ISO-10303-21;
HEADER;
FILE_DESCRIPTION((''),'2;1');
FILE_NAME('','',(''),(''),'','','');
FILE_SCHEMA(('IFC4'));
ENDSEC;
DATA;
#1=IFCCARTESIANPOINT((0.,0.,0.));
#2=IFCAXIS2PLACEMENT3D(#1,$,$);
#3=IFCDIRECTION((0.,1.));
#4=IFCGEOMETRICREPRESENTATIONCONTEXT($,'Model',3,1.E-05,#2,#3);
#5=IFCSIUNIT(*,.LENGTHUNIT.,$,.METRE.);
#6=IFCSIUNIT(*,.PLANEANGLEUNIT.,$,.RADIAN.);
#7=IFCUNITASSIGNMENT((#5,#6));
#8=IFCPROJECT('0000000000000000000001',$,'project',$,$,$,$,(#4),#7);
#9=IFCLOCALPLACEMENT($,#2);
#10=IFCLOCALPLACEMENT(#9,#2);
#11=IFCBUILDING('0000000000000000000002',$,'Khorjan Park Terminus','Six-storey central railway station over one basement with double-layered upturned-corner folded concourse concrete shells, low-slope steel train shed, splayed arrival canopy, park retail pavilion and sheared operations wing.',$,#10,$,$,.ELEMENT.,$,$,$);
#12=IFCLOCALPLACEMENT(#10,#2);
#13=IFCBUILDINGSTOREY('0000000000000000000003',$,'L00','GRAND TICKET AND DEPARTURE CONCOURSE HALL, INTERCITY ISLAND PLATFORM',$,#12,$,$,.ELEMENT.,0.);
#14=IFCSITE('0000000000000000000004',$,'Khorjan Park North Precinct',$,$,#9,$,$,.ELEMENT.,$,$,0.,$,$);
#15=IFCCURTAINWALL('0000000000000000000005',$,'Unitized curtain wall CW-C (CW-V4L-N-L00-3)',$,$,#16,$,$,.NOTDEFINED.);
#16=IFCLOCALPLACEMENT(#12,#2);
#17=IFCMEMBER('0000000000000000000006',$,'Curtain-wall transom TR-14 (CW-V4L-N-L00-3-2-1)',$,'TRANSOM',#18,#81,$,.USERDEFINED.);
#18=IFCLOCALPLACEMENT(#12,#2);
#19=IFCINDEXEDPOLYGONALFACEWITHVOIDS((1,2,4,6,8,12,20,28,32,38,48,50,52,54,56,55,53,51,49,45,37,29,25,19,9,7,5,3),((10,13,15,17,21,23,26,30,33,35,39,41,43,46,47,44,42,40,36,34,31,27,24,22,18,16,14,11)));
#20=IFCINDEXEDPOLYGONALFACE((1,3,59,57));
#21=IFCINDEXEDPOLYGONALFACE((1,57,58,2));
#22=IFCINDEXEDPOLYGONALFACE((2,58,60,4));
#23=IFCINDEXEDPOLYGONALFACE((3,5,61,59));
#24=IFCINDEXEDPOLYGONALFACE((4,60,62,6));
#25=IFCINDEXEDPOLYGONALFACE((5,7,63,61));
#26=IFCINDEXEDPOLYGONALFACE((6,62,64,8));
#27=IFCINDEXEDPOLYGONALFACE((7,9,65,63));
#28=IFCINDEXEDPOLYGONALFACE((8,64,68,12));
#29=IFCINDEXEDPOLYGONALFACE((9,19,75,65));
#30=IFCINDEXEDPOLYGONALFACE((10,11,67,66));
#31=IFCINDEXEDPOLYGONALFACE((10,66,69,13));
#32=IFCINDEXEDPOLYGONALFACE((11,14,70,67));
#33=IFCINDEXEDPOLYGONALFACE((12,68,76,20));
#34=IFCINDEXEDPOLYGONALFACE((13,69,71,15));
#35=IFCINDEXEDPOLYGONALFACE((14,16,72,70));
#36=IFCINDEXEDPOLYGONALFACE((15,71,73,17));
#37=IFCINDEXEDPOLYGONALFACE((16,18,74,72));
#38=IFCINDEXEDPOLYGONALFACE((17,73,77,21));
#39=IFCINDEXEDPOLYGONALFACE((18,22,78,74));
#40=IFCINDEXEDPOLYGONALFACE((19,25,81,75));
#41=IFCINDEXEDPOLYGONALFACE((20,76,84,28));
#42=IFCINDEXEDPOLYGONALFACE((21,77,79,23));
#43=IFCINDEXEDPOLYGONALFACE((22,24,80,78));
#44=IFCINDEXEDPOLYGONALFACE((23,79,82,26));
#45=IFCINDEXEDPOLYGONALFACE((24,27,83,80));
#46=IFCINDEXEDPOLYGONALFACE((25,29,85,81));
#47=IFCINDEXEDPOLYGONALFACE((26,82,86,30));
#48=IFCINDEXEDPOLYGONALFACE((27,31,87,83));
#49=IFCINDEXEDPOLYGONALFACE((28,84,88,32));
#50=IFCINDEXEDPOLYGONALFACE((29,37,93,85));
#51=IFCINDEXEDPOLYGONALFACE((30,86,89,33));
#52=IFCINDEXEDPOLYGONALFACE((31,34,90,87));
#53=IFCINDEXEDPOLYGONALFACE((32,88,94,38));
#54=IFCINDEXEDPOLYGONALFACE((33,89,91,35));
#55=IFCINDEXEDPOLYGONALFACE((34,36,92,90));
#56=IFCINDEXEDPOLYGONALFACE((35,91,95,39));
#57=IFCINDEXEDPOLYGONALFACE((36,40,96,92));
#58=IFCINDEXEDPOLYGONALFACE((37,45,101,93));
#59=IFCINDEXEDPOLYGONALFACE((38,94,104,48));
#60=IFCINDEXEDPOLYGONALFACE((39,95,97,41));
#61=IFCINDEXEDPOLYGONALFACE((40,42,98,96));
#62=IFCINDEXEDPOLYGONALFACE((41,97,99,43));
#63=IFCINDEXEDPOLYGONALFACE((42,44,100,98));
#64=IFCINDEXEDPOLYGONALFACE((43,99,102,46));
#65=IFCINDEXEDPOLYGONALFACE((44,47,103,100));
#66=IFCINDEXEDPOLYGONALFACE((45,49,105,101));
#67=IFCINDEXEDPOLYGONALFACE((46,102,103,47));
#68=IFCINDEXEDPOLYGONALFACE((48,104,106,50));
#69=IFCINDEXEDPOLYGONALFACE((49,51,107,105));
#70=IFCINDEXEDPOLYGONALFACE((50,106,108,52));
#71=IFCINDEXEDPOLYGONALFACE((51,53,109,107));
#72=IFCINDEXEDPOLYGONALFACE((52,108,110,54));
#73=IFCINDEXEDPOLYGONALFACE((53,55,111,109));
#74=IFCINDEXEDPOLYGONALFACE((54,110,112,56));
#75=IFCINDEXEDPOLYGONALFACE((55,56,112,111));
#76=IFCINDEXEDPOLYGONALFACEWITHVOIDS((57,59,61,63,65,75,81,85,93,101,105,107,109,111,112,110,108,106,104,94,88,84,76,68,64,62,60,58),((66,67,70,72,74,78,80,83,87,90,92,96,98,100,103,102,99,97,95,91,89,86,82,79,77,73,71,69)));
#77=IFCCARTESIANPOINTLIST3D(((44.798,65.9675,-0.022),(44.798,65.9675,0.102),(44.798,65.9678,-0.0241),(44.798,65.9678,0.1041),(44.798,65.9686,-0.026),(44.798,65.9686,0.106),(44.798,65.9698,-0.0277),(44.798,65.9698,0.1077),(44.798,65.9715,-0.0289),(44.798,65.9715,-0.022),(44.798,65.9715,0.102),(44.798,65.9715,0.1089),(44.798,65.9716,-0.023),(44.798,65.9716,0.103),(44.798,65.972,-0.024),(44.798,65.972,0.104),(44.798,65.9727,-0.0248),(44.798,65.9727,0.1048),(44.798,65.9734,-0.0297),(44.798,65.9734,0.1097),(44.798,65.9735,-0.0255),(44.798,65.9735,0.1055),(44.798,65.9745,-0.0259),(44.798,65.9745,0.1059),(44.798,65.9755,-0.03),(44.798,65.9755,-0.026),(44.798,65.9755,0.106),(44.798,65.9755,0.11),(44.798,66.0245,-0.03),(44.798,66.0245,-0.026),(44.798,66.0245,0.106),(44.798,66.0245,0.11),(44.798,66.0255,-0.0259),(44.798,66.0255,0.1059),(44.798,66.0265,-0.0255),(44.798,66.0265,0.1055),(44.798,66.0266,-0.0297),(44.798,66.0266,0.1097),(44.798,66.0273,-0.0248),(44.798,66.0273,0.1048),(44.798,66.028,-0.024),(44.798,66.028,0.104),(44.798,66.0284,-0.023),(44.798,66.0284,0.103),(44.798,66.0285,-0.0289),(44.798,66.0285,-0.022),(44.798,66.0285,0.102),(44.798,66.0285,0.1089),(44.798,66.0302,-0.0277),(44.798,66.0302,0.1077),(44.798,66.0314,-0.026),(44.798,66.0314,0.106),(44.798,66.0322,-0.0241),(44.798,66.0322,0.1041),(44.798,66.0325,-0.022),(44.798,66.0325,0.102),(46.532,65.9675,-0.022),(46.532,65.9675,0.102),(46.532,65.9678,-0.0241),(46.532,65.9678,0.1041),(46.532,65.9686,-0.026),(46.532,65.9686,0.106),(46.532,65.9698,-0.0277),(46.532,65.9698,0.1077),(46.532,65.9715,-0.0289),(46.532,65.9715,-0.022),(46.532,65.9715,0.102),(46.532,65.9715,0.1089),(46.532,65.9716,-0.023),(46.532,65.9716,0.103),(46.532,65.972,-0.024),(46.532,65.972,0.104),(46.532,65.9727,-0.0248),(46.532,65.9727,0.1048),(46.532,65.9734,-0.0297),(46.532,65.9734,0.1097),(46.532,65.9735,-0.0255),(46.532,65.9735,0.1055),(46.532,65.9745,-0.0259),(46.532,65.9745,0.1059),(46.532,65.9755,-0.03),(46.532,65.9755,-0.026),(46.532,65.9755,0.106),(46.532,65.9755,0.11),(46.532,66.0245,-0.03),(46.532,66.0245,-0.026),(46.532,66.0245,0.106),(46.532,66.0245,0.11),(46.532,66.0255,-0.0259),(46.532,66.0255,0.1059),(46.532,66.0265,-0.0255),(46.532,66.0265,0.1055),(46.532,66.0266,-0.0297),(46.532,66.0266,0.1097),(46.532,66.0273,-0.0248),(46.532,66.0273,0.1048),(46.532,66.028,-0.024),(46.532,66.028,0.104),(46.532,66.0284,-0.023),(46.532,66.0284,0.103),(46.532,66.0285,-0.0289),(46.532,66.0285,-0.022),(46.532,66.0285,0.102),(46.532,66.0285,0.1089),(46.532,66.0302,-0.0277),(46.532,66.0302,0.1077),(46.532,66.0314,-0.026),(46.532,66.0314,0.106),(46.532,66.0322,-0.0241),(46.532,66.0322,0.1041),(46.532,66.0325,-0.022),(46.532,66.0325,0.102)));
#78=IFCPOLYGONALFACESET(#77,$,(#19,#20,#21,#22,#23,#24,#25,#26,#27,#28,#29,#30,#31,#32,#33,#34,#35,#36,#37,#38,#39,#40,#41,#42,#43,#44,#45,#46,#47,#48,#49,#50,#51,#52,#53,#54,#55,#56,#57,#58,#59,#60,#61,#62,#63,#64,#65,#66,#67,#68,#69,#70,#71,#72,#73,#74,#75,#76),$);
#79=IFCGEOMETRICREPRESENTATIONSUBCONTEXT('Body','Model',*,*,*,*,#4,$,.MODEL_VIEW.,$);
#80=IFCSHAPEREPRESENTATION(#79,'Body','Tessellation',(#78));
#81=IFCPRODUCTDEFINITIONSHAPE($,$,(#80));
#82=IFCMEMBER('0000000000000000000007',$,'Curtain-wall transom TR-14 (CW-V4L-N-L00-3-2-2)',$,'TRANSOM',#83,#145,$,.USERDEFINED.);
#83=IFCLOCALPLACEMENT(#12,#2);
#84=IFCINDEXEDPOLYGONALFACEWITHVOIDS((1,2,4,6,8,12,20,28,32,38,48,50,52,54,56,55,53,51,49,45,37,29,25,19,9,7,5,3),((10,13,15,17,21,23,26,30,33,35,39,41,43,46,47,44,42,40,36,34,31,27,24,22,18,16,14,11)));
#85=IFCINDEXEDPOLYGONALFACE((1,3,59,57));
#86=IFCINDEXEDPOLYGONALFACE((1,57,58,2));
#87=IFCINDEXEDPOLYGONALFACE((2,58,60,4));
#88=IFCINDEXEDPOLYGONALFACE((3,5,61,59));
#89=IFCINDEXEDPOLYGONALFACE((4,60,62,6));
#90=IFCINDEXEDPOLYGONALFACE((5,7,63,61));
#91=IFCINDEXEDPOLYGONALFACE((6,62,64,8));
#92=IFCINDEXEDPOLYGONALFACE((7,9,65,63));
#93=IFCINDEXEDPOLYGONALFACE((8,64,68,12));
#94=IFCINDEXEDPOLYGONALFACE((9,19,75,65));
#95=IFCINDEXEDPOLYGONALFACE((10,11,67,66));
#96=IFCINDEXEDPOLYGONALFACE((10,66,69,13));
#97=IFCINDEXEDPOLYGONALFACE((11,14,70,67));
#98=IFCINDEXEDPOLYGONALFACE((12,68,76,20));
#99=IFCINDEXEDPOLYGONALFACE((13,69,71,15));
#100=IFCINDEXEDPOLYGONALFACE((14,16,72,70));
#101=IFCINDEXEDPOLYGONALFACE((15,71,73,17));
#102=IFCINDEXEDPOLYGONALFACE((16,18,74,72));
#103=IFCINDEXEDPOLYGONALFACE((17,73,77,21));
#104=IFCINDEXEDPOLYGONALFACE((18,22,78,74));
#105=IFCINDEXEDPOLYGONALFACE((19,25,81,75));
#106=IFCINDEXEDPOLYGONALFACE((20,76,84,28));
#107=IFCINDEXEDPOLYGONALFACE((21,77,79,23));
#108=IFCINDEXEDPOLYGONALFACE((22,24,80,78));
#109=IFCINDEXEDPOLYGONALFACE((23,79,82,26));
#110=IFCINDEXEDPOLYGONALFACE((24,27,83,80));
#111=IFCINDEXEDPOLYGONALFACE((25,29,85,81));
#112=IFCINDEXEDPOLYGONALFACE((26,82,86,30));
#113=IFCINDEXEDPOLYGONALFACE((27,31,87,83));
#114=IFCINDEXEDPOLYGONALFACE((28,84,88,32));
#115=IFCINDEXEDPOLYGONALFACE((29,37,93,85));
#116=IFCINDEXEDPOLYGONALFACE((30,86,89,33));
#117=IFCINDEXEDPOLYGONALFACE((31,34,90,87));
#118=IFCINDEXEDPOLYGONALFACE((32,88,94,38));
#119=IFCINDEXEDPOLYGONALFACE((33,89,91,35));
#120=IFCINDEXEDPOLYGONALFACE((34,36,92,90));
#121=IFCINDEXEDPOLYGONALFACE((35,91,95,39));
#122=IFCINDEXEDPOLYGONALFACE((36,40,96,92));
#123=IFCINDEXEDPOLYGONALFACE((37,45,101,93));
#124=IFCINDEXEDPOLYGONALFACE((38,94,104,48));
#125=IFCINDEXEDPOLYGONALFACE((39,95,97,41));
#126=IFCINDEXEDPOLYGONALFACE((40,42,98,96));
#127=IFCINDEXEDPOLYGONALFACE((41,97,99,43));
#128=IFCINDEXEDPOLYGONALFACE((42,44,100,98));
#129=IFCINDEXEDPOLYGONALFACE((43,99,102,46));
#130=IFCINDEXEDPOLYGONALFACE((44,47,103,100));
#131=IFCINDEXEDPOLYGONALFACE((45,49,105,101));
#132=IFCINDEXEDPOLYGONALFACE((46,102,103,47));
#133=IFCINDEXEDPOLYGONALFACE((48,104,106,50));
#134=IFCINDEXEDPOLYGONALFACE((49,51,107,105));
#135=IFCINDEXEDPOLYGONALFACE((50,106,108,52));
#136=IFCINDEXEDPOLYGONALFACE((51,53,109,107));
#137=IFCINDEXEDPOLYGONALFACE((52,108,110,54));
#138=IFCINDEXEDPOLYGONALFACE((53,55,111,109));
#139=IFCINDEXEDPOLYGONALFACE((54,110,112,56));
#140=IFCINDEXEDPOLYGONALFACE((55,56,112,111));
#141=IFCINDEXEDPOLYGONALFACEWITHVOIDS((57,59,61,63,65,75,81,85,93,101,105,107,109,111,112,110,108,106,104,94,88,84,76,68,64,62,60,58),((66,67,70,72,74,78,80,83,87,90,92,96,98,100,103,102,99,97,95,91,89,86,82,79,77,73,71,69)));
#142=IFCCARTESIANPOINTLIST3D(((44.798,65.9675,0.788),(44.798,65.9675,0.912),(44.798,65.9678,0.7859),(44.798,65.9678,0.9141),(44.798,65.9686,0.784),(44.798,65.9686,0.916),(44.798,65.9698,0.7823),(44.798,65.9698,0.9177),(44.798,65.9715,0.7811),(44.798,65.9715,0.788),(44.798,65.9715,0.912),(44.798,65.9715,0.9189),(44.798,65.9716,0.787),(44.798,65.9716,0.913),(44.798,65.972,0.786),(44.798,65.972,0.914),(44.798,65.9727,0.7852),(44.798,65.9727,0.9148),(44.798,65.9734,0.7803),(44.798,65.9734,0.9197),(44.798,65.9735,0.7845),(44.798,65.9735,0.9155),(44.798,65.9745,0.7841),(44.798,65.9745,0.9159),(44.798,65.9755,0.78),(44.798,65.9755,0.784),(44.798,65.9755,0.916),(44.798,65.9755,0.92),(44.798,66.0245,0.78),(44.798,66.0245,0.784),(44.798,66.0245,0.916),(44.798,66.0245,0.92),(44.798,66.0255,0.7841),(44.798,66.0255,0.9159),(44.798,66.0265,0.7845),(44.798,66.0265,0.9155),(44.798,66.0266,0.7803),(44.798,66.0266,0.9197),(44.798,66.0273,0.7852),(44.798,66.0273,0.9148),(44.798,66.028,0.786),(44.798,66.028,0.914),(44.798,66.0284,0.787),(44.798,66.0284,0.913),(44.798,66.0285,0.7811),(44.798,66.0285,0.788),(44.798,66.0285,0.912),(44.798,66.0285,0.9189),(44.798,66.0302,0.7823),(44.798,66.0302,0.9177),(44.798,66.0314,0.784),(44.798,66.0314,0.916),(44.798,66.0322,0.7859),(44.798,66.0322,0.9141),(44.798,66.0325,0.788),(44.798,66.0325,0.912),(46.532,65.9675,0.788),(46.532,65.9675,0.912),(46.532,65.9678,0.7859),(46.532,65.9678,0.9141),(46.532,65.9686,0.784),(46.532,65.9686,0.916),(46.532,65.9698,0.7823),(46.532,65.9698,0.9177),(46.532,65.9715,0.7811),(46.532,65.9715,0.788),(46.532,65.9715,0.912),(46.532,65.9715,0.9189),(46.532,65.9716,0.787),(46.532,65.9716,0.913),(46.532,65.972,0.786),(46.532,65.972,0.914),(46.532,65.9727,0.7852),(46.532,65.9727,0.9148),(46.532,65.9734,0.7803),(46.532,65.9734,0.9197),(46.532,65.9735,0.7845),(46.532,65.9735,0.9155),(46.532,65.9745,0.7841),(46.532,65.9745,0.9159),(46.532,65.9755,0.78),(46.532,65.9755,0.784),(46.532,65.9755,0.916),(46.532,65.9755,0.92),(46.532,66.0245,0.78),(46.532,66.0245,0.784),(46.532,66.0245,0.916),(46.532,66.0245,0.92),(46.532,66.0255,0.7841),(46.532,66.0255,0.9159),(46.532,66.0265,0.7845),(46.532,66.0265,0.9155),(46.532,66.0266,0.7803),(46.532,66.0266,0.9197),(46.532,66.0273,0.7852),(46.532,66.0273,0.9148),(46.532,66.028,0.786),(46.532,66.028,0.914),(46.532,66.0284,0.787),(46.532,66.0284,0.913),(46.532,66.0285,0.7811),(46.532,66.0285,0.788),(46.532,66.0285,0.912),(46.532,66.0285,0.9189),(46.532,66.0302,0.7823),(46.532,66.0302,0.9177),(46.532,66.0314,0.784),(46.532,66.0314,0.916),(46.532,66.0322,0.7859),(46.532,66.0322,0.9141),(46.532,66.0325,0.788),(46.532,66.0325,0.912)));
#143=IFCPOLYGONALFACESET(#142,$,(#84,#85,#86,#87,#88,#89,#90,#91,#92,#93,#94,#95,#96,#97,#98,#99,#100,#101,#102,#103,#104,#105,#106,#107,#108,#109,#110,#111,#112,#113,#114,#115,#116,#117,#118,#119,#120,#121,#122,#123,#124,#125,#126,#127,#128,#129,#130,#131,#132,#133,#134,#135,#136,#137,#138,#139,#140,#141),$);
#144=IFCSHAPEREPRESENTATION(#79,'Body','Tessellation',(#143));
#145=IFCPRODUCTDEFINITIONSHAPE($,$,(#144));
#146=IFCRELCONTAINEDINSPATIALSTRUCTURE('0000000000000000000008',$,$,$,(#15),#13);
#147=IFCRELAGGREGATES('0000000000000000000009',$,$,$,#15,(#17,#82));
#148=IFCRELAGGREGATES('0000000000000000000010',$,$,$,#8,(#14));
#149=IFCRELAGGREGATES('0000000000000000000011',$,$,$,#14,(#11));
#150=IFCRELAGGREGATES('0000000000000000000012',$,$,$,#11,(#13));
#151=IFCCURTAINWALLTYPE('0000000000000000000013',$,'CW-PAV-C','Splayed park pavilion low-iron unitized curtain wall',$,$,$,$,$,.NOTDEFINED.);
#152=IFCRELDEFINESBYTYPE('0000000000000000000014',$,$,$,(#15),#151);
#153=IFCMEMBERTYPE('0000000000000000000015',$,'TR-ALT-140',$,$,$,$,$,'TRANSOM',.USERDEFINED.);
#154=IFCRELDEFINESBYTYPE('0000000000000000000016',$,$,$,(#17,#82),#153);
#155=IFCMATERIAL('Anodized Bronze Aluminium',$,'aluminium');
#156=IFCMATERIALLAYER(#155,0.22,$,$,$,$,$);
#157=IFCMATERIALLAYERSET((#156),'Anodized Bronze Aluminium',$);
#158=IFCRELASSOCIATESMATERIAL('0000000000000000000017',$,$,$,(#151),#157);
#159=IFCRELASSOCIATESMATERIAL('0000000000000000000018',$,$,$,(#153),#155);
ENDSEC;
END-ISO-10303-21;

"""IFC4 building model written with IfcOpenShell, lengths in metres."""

from ifc_helpers import new_model, si_unit, direction, frame, origin, origin_2d, place, context, subcontext, project, spatial, hollow_rectangle, extrude, material, layer, layer_set, material_profile, profile_set, type_object, element, aggregate, save


model = new_model("IFC4")

# Units and contexts
model_context = context("Model", 3, precision=1e-05, world=origin(), true_north=direction((0.0, 1.0)))
body_context = subcontext(model_context, "Body", "Model", "MODEL_VIEW")
ifc_project = project(units=[si_unit("LENGTHUNIT", "METRE"), si_unit("PLANEANGLEUNIT", "RADIAN")], contexts=[model_context])

# Site, building, storey
site_placement = place(None, origin())
site = spatial("IfcSite", under=ifc_project, at=site_placement, Name="Khorjan Park North Precinct", CompositionType="ELEMENT", RefElevation=0.0)
building_placement = place(site_placement, origin())
building = spatial("IfcBuilding", under=site, at=building_placement, Name="Khorjan Park Terminus", Description="Six-storey central railway station over one basement with double-layered upturned-corner folded concourse concrete shells, low-slope steel train shed, splayed arrival canopy, park retail pavilion and sheared operations wing.", CompositionType="ELEMENT")
storey_placement = place(building_placement, origin())
storey = spatial("IfcBuildingStorey", under=building, at=storey_placement, Name="L00", Description="GRAND TICKET AND DEPARTURE CONCOURSE HALL, INTERCITY ISLAND PLATFORM", CompositionType="ELEMENT", Elevation=0.0)

# Curtain wall, members
ifc_material_1 = material(Name="Anodized Bronze Aluminium", Category="aluminium")
ifc_layer_1 = layer(ifc_material_1, 0.22)
ifc_layer_set_1 = layer_set([ifc_layer_1], Name="Anodized Bronze Aluminium")
curtain_wall_type = type_object("IfcCurtainWallType", Name="CW-PAV-C", Description="Splayed park pavilion low-iron unitized curtain wall", PredefinedType="NOTDEFINED", material=ifc_layer_set_1)
curtain_wall_placement = place(storey_placement, origin())
curtain_wall = element("IfcCurtainWall", 1, at=curtain_wall_placement, inside=storey, type_object=curtain_wall_type, Name="Unitized curtain wall CW-C (CW-V4L-N-L00-3)", PredefinedType="NOTDEFINED")
ifc_material_profile_1 = material_profile(ifc_material_1, hollow_rectangle(XDim=0.065, YDim=0.14, WallThickness=0.004, InnerFilletRadius=0.004, OuterFilletRadius=0.008, at=origin_2d()), Name="ALT 65x140x4")
ifc_profile_set_1 = profile_set([ifc_material_profile_1], Name="Anodized Bronze Aluminium")
member_type_1 = type_object("IfcMemberType", Name="TR-ALT-140", ElementType="TRANSOM", PredefinedType="USERDEFINED", material=ifc_profile_set_1)
member_1_placement = place(storey_placement, frame((46.532, 66.0, 0.04), z_axis=(-1.0, 0.0, 0.0), x_axis=(0.0, -1.0, 0.0)))
member_1 = element("IfcMember", 2, at=member_1_placement, type_object=member_type_1, Name="Curtain-wall transom TR-14 (CW-V4L-N-L00-3-2-1)", ObjectType="TRANSOM", PredefinedType="USERDEFINED", context=body_context, shape_type="SweptSolid", body=[
    extrude(hollow_rectangle(XDim=0.065, YDim=0.14, WallThickness=0.004, InnerFilletRadius=0.004, OuterFilletRadius=0.008, at=origin_2d()), origin(), (0.0, 0.0, 1.0), 1.734),
])
member_2_placement = place(storey_placement, frame((46.532, 66.0, 0.85), z_axis=(-1.0, 0.0, 0.0), x_axis=(0.0, -1.0, 0.0)))
member_2 = element("IfcMember", 3, at=member_2_placement, type_object=member_type_1, Name="Curtain-wall transom TR-14 (CW-V4L-N-L00-3-2-2)", ObjectType="TRANSOM", PredefinedType="USERDEFINED", context=body_context, shape_type="SweptSolid", body=[
    extrude(hollow_rectangle(XDim=0.065, YDim=0.14, WallThickness=0.004, InnerFilletRadius=0.004, OuterFilletRadius=0.008, at=origin_2d()), origin(), (0.0, 0.0, 1.0), 1.734),
])
aggregate(curtain_wall, [member_1, member_2])

save(model, "model.ifc")
